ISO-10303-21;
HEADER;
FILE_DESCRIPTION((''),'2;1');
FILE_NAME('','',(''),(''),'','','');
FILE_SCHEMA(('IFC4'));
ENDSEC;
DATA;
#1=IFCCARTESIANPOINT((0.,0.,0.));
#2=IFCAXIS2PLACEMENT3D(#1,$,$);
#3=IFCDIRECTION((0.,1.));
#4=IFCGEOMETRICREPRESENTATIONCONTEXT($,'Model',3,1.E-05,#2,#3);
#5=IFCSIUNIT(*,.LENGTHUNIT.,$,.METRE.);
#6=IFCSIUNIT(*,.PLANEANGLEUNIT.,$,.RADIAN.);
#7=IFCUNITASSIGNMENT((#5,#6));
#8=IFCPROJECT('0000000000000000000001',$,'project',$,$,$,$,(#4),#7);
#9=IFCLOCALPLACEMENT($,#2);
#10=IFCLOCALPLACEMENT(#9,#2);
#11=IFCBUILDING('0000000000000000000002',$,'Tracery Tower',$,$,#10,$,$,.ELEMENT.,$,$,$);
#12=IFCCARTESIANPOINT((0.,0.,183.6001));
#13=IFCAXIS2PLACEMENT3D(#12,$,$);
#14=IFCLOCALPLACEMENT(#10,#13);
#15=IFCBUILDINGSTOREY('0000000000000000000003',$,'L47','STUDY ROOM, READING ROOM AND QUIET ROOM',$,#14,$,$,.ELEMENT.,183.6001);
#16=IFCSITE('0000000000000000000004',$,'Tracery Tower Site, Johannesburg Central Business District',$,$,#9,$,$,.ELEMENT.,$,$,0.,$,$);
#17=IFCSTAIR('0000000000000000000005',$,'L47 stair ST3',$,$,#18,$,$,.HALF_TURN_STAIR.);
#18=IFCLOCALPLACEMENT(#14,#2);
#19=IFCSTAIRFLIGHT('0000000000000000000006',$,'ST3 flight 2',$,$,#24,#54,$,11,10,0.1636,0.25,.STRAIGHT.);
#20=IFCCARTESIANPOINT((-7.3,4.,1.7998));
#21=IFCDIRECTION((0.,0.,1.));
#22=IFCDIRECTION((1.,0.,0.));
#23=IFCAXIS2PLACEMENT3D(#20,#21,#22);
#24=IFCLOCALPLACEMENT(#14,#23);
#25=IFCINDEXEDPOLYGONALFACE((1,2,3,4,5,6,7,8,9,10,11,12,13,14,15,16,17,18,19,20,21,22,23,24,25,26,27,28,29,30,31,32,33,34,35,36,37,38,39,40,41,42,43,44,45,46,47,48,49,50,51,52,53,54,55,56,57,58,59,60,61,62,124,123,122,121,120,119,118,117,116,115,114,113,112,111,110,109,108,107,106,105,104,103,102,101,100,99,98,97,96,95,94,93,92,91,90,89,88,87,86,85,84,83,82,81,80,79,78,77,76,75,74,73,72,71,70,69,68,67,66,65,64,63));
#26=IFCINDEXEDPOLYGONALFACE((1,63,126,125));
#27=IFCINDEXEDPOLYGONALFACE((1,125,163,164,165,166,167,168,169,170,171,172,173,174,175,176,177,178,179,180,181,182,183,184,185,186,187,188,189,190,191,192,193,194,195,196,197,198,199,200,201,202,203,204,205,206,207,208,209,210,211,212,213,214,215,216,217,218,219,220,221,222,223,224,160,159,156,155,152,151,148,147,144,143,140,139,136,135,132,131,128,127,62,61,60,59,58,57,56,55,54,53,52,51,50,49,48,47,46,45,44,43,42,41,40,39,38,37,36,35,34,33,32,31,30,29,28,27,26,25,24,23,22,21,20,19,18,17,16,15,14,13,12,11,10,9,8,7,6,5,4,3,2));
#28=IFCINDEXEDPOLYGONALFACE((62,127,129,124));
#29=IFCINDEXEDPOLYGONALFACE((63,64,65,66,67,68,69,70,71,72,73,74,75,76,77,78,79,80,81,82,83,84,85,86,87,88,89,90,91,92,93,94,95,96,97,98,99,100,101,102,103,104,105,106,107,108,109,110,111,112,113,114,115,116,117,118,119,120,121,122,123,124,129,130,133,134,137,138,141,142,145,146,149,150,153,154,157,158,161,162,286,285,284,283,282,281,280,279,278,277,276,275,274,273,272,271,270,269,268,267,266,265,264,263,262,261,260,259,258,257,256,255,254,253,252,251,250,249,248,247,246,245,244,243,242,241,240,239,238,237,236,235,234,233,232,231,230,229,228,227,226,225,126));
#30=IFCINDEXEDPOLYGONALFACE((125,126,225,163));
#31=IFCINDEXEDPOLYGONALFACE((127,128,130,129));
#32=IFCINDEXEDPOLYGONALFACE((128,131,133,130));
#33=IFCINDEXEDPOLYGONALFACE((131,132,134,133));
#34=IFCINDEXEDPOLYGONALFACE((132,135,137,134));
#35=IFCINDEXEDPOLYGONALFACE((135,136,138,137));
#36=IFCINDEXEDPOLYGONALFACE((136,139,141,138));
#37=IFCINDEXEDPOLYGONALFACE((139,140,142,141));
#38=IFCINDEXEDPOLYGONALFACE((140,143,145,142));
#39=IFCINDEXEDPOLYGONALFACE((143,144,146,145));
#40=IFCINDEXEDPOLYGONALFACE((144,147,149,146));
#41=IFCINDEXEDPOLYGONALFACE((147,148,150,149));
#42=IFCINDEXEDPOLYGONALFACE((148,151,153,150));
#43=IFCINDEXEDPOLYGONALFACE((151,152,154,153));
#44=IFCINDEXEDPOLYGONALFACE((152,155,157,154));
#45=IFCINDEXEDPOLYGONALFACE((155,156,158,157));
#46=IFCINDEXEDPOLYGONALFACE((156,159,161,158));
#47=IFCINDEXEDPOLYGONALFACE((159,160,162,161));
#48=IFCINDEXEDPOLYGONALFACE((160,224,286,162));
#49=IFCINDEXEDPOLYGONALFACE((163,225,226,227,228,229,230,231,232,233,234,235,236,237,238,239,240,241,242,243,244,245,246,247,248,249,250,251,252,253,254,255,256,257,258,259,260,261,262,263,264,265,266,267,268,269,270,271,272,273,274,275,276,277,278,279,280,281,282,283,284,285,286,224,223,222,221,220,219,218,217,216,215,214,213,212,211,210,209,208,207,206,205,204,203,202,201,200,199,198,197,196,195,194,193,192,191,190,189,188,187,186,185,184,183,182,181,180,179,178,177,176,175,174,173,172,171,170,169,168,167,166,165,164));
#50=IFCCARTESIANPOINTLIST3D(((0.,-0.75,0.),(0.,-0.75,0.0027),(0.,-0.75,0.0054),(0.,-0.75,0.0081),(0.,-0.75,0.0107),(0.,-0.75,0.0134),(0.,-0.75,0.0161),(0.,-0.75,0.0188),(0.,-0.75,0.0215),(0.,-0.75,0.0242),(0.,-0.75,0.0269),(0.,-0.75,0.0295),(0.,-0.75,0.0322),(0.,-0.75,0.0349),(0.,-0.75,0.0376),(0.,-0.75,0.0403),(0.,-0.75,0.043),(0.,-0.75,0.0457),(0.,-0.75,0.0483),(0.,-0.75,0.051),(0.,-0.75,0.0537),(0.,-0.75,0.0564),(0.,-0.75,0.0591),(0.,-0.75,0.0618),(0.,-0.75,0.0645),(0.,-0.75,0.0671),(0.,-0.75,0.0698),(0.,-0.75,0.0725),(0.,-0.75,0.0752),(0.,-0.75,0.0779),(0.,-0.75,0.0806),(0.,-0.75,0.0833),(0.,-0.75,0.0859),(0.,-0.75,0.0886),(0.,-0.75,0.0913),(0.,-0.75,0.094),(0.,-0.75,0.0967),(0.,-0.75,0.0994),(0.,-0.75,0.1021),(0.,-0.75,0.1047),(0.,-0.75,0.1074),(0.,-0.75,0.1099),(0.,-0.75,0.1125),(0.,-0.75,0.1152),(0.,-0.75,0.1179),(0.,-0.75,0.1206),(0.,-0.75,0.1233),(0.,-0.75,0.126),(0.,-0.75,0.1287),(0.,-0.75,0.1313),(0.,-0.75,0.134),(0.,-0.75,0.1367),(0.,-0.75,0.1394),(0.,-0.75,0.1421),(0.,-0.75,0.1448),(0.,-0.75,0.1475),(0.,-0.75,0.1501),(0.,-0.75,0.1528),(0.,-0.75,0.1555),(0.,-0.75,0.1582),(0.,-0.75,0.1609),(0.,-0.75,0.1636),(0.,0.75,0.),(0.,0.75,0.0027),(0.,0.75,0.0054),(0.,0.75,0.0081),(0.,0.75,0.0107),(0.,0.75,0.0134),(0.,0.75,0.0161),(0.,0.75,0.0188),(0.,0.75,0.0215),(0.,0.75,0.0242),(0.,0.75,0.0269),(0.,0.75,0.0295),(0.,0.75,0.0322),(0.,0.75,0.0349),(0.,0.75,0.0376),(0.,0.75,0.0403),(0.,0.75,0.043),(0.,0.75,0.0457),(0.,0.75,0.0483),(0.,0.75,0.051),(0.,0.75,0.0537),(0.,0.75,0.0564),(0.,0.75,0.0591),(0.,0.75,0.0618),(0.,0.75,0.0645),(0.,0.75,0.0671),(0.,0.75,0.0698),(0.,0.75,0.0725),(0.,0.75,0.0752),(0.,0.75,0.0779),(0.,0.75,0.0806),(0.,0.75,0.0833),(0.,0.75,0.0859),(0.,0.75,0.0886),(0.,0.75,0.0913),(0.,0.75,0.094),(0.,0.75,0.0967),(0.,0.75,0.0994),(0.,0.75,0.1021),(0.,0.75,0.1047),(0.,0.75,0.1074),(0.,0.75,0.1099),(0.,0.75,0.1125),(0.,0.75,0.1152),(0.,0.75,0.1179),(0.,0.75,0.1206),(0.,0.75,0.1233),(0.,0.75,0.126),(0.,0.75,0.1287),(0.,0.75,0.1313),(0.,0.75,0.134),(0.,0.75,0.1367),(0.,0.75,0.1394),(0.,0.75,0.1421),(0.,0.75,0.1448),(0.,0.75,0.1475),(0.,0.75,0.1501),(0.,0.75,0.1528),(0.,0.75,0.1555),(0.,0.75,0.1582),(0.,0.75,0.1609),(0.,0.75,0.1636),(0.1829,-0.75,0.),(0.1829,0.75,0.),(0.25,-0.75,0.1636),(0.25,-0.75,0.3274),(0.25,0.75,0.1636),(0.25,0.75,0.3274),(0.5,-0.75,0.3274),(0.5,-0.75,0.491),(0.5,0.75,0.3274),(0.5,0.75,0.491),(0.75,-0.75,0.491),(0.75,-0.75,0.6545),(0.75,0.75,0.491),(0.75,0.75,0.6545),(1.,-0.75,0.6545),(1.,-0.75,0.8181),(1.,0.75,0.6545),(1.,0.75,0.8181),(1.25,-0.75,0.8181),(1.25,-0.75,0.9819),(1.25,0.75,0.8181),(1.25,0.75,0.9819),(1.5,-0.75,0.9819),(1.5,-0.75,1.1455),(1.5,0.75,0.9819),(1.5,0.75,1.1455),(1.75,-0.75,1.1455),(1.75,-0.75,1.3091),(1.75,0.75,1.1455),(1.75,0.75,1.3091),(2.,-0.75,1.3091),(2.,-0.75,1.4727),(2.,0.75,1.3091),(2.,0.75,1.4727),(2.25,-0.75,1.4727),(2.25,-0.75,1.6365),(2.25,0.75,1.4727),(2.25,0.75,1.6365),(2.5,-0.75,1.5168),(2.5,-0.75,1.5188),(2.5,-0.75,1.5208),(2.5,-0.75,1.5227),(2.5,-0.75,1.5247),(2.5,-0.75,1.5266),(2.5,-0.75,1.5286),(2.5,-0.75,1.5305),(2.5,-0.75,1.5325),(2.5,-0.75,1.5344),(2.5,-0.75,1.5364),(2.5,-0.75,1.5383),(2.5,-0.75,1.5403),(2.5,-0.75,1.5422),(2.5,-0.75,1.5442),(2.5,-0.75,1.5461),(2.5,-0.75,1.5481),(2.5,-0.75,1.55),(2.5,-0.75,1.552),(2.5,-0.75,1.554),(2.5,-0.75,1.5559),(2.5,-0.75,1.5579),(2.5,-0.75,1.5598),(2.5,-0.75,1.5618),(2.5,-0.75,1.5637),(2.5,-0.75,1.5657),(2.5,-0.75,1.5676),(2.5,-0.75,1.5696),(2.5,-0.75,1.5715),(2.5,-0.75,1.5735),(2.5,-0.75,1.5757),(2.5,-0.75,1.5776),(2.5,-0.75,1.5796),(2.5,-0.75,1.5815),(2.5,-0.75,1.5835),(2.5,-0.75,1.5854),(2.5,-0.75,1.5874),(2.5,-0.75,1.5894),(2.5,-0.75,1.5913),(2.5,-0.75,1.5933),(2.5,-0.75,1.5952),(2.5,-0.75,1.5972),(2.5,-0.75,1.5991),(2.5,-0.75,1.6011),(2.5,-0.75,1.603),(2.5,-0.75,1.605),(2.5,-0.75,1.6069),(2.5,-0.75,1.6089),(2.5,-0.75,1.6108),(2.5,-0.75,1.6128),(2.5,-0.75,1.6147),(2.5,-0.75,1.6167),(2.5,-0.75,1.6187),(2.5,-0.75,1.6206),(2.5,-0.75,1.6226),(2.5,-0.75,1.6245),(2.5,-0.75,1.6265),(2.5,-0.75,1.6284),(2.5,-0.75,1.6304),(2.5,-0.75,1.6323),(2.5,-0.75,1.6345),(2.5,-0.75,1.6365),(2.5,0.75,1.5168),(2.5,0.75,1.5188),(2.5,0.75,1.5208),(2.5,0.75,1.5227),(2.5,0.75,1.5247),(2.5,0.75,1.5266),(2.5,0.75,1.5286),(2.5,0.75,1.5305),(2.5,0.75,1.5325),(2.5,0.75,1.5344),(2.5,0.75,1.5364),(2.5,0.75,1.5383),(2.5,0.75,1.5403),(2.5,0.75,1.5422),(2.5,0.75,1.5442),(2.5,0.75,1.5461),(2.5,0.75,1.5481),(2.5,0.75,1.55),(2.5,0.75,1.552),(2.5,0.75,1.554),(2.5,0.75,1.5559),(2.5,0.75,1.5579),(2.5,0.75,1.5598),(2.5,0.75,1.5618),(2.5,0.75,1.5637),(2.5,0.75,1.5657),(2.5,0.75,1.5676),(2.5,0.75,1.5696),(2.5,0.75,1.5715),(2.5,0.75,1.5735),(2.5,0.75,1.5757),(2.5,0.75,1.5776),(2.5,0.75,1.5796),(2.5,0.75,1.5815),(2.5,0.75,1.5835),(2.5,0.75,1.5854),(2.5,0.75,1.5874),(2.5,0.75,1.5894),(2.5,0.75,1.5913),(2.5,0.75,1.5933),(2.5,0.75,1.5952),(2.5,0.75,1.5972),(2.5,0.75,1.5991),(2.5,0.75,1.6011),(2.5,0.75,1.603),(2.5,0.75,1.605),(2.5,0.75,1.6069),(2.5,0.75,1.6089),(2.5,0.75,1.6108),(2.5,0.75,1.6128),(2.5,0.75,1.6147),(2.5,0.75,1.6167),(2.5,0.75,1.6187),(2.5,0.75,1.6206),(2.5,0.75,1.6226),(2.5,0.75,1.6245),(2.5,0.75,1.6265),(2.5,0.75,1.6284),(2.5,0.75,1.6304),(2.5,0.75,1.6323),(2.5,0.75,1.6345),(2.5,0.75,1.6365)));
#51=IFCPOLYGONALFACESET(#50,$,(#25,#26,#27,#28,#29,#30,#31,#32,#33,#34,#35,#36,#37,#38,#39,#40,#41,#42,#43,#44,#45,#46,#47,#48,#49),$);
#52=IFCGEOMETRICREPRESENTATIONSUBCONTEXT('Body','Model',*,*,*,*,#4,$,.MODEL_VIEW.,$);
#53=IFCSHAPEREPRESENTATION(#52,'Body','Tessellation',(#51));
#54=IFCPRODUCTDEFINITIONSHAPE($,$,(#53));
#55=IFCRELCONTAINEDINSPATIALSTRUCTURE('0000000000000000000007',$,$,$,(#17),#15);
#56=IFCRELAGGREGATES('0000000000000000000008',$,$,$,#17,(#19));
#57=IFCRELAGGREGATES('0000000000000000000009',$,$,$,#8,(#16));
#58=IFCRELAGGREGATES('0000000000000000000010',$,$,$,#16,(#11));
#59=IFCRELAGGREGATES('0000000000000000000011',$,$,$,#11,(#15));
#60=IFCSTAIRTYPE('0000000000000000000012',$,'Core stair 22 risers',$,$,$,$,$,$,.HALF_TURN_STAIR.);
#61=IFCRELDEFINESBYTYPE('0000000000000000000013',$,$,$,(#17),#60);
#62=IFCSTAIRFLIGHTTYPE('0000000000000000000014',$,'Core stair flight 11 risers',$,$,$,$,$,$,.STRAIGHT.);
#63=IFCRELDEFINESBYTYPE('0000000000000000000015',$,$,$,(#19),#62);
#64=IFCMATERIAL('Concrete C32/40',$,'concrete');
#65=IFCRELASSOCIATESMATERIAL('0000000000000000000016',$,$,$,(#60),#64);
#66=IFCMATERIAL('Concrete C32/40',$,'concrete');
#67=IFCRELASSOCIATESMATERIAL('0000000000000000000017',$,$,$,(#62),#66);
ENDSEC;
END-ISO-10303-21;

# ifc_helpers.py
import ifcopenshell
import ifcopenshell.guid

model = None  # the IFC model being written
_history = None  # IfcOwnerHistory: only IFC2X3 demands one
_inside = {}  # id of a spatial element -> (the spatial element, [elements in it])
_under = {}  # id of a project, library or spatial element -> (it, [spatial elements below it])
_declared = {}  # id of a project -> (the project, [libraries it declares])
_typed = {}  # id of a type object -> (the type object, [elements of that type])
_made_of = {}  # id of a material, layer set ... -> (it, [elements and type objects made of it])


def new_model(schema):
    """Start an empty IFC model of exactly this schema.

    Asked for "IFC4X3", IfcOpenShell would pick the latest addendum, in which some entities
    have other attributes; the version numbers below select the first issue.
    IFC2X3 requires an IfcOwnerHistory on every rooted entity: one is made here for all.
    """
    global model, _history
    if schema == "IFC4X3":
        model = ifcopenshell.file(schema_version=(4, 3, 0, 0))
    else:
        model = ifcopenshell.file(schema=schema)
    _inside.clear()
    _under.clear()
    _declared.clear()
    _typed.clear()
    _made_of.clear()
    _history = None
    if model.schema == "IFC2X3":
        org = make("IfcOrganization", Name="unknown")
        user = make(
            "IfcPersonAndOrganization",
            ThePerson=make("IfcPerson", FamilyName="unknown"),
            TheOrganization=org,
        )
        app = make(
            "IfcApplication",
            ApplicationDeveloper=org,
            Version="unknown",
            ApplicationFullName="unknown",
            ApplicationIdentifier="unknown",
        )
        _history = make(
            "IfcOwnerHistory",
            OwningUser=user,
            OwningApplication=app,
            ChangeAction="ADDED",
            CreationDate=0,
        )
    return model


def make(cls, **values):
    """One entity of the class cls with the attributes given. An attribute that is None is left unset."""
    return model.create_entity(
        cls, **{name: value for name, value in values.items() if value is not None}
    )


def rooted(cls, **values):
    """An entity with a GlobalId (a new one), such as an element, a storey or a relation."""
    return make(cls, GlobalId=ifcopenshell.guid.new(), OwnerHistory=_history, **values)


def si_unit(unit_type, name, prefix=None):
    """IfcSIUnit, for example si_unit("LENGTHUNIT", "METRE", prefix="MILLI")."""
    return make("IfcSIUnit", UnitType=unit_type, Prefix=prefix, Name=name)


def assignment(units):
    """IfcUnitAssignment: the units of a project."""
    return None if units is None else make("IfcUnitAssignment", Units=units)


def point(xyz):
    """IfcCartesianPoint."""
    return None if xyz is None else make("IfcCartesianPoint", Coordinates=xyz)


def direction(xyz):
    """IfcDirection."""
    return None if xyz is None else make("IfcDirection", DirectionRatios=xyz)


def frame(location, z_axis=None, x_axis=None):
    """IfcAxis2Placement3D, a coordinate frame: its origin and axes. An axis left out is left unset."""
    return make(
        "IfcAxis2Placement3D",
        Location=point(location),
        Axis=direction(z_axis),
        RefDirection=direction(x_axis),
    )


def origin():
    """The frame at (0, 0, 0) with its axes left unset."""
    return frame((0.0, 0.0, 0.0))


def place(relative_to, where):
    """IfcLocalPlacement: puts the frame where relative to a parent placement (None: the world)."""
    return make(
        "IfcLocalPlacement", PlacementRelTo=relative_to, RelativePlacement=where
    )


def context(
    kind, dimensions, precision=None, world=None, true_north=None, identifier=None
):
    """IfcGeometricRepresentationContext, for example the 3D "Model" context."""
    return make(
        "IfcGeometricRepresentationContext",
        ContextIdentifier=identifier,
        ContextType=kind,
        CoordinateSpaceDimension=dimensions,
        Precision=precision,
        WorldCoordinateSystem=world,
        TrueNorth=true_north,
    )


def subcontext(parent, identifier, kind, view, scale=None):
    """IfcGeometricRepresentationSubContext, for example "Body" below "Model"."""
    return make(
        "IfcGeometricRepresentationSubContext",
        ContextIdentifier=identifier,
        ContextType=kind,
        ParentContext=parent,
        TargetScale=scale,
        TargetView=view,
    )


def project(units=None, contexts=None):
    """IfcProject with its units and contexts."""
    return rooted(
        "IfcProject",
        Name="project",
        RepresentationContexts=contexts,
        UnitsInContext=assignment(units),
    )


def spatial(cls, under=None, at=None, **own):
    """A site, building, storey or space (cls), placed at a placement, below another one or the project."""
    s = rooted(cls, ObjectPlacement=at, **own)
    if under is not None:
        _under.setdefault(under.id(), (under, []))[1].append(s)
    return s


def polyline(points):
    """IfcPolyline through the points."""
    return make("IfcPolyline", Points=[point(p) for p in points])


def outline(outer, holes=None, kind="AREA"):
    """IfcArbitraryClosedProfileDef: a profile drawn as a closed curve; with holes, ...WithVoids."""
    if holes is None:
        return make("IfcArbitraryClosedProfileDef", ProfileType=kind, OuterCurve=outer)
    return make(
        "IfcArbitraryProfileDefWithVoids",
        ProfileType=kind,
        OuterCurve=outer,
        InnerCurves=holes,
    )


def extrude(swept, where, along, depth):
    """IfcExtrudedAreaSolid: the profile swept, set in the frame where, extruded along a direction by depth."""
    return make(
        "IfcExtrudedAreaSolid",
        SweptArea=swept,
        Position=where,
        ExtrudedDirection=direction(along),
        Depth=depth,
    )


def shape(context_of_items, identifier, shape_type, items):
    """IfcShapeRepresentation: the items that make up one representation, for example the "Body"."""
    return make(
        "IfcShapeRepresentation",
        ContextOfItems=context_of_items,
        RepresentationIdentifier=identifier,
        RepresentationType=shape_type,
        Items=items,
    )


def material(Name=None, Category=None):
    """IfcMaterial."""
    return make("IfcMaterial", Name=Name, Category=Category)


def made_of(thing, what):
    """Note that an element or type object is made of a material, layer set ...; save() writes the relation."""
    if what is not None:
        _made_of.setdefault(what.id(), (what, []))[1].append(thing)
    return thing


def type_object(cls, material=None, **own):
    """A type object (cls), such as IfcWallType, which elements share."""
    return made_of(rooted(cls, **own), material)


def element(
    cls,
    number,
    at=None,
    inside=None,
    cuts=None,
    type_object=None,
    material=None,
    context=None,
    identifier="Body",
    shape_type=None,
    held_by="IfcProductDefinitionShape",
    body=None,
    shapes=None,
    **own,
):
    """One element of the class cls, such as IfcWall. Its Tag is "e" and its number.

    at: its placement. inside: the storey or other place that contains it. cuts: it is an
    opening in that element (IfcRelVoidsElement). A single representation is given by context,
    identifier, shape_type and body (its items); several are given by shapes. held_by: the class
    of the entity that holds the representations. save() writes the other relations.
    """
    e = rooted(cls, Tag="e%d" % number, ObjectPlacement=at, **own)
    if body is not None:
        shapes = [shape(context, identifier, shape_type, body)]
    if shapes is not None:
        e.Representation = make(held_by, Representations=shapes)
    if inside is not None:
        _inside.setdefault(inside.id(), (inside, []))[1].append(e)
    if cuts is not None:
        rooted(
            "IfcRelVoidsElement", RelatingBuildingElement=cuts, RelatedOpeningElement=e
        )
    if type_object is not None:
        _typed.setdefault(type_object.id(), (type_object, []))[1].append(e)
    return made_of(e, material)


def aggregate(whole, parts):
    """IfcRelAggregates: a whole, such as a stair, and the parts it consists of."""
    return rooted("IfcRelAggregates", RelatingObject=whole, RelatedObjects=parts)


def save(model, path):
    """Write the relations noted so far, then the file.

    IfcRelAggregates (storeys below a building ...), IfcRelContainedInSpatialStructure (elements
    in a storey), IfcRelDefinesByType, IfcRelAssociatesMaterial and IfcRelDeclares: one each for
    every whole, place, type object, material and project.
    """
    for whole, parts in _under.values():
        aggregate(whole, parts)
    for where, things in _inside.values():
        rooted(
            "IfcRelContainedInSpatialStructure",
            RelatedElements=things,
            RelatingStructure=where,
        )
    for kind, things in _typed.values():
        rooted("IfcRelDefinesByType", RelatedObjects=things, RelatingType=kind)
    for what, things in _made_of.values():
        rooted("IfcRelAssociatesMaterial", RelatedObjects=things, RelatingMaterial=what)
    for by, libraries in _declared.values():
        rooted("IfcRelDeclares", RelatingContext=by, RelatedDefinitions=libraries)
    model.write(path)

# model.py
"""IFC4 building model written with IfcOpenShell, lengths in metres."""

from ifc_helpers import new_model, si_unit, direction, frame, origin, place, context, subcontext, project, spatial, polyline, outline, extrude, material, type_object, element, aggregate, save


model = new_model("IFC4")

# Units and contexts
model_context = context("Model", 3, precision=1e-05, world=origin(), true_north=direction((0.0, 1.0)))
body_context = subcontext(model_context, "Body", "Model", "MODEL_VIEW")
ifc_project = project(units=[si_unit("LENGTHUNIT", "METRE"), si_unit("PLANEANGLEUNIT", "RADIAN")], contexts=[model_context])

# Site, building, storey
site_placement = place(None, origin())
site = spatial("IfcSite", under=ifc_project, at=site_placement, Name="Tracery Tower Site, Johannesburg Central Business District", CompositionType="ELEMENT", RefElevation=0.0)
building_placement = place(site_placement, origin())
building = spatial("IfcBuilding", under=site, at=building_placement, Name="Tracery Tower", CompositionType="ELEMENT")
storey_placement = place(building_placement, frame((0.0, 0.0, 183.6001)))
storey = spatial("IfcBuildingStorey", under=building, at=storey_placement, Name="L47", Description="STUDY ROOM, READING ROOM AND QUIET ROOM", CompositionType="ELEMENT", Elevation=183.6001)

# Stair, stair flight
ifc_material_1 = material(Name="Concrete C32/40", Category="concrete")
stair_type = type_object("IfcStairType", Name="Core stair 22 risers", PredefinedType="HALF_TURN_STAIR", material=ifc_material_1)
stair_placement = place(storey_placement, origin())
stair = element("IfcStair", 1, at=stair_placement, inside=storey, type_object=stair_type, Name="L47 stair ST3", PredefinedType="HALF_TURN_STAIR")
ifc_material_2 = material(Name="Concrete C32/40", Category="concrete")
stair_flight_type = type_object("IfcStairFlightType", Name="Core stair flight 11 risers", PredefinedType="STRAIGHT", material=ifc_material_2)
stair_flight_1_placement = place(storey_placement, frame((-7.3, 4.0, 1.7998), z_axis=(0.0, 0.0, 1.0), x_axis=(1.0, 0.0, 0.0)))
stair_flight_1 = element("IfcStairFlight", 2, at=stair_flight_1_placement, type_object=stair_flight_type, Name="ST3 flight 2", NumberOfRisers=11, NumberOfTreads=10, PredefinedType="STRAIGHT", RiserHeight=0.1636, TreadLength=0.25, context=body_context, shape_type="SweptSolid", body=[
    extrude(outline(polyline([(0.0, 0.0), (0.0, 0.0027), (0.0, 0.0054), (0.0, 0.0081), (0.0, 0.0107), (0.0, 0.0134), (0.0, 0.0161), (0.0, 0.0188), (0.0, 0.0215), (0.0, 0.0242), (0.0, 0.0269), (0.0, 0.0295), (0.0, 0.0322), (0.0, 0.0349), (0.0, 0.0376), (0.0, 0.0403), (0.0, 0.043), (0.0, 0.0457), (0.0, 0.0483), (0.0, 0.051), (0.0, 0.0537), (0.0, 0.0564), (0.0, 0.0591), (0.0, 0.0618), (0.0, 0.0645), (0.0, 0.0671), (0.0, 0.0698), (0.0, 0.0725), (0.0, 0.0752), (0.0, 0.0779), (0.0, 0.0806), (0.0, 0.0833), (0.0, 0.0859), (0.0, 0.0886), (0.0, 0.0913), (0.0, 0.094), (0.0, 0.0967), (0.0, 0.0994), (0.0, 0.1021), (0.0, 0.1047), (0.0, 0.1074), (0.0, 0.1099), (0.0, 0.1125), (0.0, 0.1152), (0.0, 0.1179), (0.0, 0.1206), (0.0, 0.1233), (0.0, 0.126), (0.0, 0.1287), (0.0, 0.1313), (0.0, 0.134), (0.0, 0.1367), (0.0, 0.1394), (0.0, 0.1421), (0.0, 0.1448), (0.0, 0.1475), (0.0, 0.1501), (0.0, 0.1528), (0.0, 0.1555), (0.0, 0.1582), (0.0, 0.1609), (0.0, 0.1636), (0.25, 0.1636), (0.25, 0.3274), (0.5, 0.3274), (0.5, 0.491), (0.75, 0.491), (0.75, 0.6545), (1.0, 0.6545), (1.0, 0.8181), (1.25, 0.8181), (1.25, 0.9819), (1.5, 0.9819), (1.5, 1.1455), (1.75, 1.1455), (1.75, 1.3091), (2.0, 1.3091), (2.0, 1.4727), (2.25, 1.4727), (2.25, 1.6365), (2.5, 1.6365), (2.5, 1.6345), (2.5, 1.6323), (2.5, 1.6304), (2.5, 1.6284), (2.5, 1.6265), (2.5, 1.6245), (2.5, 1.6226), (2.5, 1.6206), (2.5, 1.6187), (2.5, 1.6167), (2.5, 1.6147), (2.5, 1.6128), (2.5, 1.6108), (2.5, 1.6089), (2.5, 1.6069), (2.5, 1.605), (2.5, 1.603), (2.5, 1.6011), (2.5, 1.5991), (2.5, 1.5972), (2.5, 1.5952), (2.5, 1.5933), (2.5, 1.5913), (2.5, 1.5894), (2.5, 1.5874), (2.5, 1.5854), (2.5, 1.5835), (2.5, 1.5815), (2.5, 1.5796), (2.5, 1.5776), (2.5, 1.5757), (2.5, 1.5735), (2.5, 1.5715), (2.5, 1.5696), (2.5, 1.5676), (2.5, 1.5657), (2.5, 1.5637), (2.5, 1.5618), (2.5, 1.5598), (2.5, 1.5579), (2.5, 1.5559), (2.5, 1.554), (2.5, 1.552), (2.5, 1.55), (2.5, 1.5481), (2.5, 1.5461), (2.5, 1.5442), (2.5, 1.5422), (2.5, 1.5403), (2.5, 1.5383), (2.5, 1.5364), (2.5, 1.5344), (2.5, 1.5325), (2.5, 1.5305), (2.5, 1.5286), (2.5, 1.5266), (2.5, 1.5247), (2.5, 1.5227), (2.5, 1.5208), (2.5, 1.5188), (2.5, 1.5168), (0.1829, 0.0), (0.0, 0.0)])), frame((0.0, 0.75, 0.0), z_axis=(0.0, -1.0, 0.0), x_axis=(1.0, 0.0, 0.0)), (0.0, 0.0, 1.0), 1.5),
])
aggregate(stair, [stair_flight_1])

save(model, "model.ifc")
